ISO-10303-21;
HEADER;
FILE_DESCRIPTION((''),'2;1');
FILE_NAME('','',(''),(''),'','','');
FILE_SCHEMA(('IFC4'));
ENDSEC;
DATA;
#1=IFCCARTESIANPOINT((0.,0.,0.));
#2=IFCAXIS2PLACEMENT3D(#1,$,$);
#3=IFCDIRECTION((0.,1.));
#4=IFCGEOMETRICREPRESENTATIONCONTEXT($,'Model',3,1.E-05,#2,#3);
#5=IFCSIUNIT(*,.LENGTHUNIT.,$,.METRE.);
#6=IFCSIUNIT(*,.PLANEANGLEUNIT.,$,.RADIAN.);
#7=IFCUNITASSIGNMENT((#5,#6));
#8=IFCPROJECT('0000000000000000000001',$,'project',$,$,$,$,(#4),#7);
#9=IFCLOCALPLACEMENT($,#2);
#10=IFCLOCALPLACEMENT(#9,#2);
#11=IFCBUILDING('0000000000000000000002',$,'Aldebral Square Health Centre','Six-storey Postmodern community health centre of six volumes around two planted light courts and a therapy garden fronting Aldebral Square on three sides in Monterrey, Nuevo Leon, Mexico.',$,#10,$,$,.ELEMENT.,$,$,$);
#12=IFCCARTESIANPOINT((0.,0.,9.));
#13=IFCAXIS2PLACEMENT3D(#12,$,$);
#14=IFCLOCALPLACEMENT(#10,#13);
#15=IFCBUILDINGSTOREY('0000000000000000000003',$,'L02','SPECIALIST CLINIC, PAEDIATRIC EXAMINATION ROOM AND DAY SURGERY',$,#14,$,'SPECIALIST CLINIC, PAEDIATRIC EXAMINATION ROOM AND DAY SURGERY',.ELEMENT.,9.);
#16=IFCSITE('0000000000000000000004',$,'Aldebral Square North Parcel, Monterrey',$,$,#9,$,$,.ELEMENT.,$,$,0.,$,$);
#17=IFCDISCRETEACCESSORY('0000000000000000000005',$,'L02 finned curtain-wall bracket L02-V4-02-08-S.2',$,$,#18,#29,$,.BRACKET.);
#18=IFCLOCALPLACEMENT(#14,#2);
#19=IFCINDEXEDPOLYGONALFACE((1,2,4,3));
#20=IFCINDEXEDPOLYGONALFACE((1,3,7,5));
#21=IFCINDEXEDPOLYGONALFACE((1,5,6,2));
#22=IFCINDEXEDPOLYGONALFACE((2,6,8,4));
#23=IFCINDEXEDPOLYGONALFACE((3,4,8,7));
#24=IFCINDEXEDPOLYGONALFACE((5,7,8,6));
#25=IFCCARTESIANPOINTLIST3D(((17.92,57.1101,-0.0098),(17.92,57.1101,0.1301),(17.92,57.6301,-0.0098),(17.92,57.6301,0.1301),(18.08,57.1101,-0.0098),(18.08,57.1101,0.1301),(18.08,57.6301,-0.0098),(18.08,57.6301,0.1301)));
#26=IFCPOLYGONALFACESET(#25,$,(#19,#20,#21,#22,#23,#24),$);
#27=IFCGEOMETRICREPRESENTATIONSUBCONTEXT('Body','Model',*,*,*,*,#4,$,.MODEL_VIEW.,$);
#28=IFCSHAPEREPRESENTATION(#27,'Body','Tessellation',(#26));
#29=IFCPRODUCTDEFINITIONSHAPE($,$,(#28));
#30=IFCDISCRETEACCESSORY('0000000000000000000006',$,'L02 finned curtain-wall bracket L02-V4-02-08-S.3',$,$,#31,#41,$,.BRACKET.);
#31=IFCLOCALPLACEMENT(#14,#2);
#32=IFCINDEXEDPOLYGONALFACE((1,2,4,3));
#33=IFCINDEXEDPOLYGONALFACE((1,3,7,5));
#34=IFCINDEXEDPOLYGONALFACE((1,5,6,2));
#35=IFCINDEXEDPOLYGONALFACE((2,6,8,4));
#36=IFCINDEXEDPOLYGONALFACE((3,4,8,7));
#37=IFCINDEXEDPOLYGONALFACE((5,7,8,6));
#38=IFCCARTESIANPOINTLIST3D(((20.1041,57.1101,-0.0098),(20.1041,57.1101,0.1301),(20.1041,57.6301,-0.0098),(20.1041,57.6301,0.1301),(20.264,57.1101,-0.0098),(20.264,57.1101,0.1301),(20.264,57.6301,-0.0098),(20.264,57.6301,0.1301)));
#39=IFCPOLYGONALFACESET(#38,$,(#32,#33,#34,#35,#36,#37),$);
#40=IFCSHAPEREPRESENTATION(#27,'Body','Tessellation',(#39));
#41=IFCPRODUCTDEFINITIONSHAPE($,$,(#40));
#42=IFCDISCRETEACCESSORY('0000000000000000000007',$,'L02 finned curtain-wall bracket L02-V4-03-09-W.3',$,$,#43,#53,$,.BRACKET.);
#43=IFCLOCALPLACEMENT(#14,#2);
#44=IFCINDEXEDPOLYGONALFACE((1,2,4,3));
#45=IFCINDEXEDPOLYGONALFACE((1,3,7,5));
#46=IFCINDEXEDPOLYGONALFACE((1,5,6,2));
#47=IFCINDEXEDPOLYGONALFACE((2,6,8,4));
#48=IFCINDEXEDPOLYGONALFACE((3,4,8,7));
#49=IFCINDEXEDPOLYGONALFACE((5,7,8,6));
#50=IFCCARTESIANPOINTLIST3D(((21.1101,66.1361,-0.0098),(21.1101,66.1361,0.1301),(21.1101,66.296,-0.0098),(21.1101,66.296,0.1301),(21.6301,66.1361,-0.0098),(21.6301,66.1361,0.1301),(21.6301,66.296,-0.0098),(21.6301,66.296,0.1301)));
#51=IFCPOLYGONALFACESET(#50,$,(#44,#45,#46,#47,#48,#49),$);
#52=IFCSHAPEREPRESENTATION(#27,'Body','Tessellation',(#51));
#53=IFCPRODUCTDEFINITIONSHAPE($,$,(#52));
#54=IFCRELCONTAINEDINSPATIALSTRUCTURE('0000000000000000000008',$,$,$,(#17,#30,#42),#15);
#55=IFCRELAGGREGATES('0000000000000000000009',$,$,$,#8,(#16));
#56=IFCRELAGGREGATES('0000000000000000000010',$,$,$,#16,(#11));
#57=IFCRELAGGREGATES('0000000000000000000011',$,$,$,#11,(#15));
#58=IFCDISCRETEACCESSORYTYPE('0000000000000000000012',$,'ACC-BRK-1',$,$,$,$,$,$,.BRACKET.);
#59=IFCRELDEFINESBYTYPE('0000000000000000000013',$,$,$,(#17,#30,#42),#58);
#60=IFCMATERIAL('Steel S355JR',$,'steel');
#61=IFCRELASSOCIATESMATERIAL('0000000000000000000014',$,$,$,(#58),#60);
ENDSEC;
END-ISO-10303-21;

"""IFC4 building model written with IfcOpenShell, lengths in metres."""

from ifc_helpers import new_model, si_unit, direction, frame, origin, origin_2d, place, context, subcontext, project, spatial, rectangle, extrude, material, type_object, element, save


model = new_model("IFC4")

# Units and contexts
model_context = context("Model", 3, precision=1e-05, world=origin(), true_north=direction((0.0, 1.0)))
body_context = subcontext(model_context, "Body", "Model", "MODEL_VIEW")
ifc_project = project(units=[si_unit("LENGTHUNIT", "METRE"), si_unit("PLANEANGLEUNIT", "RADIAN")], contexts=[model_context])

# Site, building, storey
site_placement = place(None, origin())
site = spatial("IfcSite", under=ifc_project, at=site_placement, Name="Aldebral Square North Parcel, Monterrey", CompositionType="ELEMENT", RefElevation=0.0)
building_placement = place(site_placement, origin())
building = spatial("IfcBuilding", under=site, at=building_placement, Name="Aldebral Square Health Centre", Description="Six-storey Postmodern community health centre of six volumes around two planted light courts and a therapy garden fronting Aldebral Square on three sides in Monterrey, Nuevo Leon, Mexico.", CompositionType="ELEMENT")
storey_placement = place(building_placement, frame((0.0, 0.0, 9.0)))
storey = spatial("IfcBuildingStorey", under=building, at=storey_placement, Name="L02", Description="SPECIALIST CLINIC, PAEDIATRIC EXAMINATION ROOM AND DAY SURGERY", LongName="SPECIALIST CLINIC, PAEDIATRIC EXAMINATION ROOM AND DAY SURGERY", CompositionType="ELEMENT", Elevation=9.0)

# Discrete accessories
ifc_material_1 = material(Name="Steel S355JR", Category="steel")
discrete_accessory_type = type_object("IfcDiscreteAccessoryType", Name="ACC-BRK-1", PredefinedType="BRACKET", material=ifc_material_1)
for number, where, z_axis, x_axis, name in (
    (1, (18.0, 57.3701, -0.0098), (0.0, 0.0, 1.0), (1.0, 0.0, 0.0), "L02 finned curtain-wall bracket L02-V4-02-08-S.2"),
    (2, (20.1841, 57.3701, -0.0098), (0.0, 0.0, 1.0), (1.0, 0.0, 0.0), "L02 finned curtain-wall bracket L02-V4-02-08-S.3"),
    (3, (21.3701, 66.2161, -0.0098), (0.0, 0.0, 1.0), (0.0, 1.0, 0.0), "L02 finned curtain-wall bracket L02-V4-03-09-W.3"),
):
    element("IfcDiscreteAccessory", number, at=place(storey_placement, frame(where, z_axis=z_axis, x_axis=x_axis)), inside=storey, type_object=discrete_accessory_type, Name=name, PredefinedType="BRACKET", context=body_context, shape_type="SweptSolid", body=[
        extrude(rectangle(XDim=0.1599, YDim=0.52, at=origin_2d()), origin(), (0.0, 0.0, 1.0), 0.1399),
    ])

save(model, "model.ifc")
